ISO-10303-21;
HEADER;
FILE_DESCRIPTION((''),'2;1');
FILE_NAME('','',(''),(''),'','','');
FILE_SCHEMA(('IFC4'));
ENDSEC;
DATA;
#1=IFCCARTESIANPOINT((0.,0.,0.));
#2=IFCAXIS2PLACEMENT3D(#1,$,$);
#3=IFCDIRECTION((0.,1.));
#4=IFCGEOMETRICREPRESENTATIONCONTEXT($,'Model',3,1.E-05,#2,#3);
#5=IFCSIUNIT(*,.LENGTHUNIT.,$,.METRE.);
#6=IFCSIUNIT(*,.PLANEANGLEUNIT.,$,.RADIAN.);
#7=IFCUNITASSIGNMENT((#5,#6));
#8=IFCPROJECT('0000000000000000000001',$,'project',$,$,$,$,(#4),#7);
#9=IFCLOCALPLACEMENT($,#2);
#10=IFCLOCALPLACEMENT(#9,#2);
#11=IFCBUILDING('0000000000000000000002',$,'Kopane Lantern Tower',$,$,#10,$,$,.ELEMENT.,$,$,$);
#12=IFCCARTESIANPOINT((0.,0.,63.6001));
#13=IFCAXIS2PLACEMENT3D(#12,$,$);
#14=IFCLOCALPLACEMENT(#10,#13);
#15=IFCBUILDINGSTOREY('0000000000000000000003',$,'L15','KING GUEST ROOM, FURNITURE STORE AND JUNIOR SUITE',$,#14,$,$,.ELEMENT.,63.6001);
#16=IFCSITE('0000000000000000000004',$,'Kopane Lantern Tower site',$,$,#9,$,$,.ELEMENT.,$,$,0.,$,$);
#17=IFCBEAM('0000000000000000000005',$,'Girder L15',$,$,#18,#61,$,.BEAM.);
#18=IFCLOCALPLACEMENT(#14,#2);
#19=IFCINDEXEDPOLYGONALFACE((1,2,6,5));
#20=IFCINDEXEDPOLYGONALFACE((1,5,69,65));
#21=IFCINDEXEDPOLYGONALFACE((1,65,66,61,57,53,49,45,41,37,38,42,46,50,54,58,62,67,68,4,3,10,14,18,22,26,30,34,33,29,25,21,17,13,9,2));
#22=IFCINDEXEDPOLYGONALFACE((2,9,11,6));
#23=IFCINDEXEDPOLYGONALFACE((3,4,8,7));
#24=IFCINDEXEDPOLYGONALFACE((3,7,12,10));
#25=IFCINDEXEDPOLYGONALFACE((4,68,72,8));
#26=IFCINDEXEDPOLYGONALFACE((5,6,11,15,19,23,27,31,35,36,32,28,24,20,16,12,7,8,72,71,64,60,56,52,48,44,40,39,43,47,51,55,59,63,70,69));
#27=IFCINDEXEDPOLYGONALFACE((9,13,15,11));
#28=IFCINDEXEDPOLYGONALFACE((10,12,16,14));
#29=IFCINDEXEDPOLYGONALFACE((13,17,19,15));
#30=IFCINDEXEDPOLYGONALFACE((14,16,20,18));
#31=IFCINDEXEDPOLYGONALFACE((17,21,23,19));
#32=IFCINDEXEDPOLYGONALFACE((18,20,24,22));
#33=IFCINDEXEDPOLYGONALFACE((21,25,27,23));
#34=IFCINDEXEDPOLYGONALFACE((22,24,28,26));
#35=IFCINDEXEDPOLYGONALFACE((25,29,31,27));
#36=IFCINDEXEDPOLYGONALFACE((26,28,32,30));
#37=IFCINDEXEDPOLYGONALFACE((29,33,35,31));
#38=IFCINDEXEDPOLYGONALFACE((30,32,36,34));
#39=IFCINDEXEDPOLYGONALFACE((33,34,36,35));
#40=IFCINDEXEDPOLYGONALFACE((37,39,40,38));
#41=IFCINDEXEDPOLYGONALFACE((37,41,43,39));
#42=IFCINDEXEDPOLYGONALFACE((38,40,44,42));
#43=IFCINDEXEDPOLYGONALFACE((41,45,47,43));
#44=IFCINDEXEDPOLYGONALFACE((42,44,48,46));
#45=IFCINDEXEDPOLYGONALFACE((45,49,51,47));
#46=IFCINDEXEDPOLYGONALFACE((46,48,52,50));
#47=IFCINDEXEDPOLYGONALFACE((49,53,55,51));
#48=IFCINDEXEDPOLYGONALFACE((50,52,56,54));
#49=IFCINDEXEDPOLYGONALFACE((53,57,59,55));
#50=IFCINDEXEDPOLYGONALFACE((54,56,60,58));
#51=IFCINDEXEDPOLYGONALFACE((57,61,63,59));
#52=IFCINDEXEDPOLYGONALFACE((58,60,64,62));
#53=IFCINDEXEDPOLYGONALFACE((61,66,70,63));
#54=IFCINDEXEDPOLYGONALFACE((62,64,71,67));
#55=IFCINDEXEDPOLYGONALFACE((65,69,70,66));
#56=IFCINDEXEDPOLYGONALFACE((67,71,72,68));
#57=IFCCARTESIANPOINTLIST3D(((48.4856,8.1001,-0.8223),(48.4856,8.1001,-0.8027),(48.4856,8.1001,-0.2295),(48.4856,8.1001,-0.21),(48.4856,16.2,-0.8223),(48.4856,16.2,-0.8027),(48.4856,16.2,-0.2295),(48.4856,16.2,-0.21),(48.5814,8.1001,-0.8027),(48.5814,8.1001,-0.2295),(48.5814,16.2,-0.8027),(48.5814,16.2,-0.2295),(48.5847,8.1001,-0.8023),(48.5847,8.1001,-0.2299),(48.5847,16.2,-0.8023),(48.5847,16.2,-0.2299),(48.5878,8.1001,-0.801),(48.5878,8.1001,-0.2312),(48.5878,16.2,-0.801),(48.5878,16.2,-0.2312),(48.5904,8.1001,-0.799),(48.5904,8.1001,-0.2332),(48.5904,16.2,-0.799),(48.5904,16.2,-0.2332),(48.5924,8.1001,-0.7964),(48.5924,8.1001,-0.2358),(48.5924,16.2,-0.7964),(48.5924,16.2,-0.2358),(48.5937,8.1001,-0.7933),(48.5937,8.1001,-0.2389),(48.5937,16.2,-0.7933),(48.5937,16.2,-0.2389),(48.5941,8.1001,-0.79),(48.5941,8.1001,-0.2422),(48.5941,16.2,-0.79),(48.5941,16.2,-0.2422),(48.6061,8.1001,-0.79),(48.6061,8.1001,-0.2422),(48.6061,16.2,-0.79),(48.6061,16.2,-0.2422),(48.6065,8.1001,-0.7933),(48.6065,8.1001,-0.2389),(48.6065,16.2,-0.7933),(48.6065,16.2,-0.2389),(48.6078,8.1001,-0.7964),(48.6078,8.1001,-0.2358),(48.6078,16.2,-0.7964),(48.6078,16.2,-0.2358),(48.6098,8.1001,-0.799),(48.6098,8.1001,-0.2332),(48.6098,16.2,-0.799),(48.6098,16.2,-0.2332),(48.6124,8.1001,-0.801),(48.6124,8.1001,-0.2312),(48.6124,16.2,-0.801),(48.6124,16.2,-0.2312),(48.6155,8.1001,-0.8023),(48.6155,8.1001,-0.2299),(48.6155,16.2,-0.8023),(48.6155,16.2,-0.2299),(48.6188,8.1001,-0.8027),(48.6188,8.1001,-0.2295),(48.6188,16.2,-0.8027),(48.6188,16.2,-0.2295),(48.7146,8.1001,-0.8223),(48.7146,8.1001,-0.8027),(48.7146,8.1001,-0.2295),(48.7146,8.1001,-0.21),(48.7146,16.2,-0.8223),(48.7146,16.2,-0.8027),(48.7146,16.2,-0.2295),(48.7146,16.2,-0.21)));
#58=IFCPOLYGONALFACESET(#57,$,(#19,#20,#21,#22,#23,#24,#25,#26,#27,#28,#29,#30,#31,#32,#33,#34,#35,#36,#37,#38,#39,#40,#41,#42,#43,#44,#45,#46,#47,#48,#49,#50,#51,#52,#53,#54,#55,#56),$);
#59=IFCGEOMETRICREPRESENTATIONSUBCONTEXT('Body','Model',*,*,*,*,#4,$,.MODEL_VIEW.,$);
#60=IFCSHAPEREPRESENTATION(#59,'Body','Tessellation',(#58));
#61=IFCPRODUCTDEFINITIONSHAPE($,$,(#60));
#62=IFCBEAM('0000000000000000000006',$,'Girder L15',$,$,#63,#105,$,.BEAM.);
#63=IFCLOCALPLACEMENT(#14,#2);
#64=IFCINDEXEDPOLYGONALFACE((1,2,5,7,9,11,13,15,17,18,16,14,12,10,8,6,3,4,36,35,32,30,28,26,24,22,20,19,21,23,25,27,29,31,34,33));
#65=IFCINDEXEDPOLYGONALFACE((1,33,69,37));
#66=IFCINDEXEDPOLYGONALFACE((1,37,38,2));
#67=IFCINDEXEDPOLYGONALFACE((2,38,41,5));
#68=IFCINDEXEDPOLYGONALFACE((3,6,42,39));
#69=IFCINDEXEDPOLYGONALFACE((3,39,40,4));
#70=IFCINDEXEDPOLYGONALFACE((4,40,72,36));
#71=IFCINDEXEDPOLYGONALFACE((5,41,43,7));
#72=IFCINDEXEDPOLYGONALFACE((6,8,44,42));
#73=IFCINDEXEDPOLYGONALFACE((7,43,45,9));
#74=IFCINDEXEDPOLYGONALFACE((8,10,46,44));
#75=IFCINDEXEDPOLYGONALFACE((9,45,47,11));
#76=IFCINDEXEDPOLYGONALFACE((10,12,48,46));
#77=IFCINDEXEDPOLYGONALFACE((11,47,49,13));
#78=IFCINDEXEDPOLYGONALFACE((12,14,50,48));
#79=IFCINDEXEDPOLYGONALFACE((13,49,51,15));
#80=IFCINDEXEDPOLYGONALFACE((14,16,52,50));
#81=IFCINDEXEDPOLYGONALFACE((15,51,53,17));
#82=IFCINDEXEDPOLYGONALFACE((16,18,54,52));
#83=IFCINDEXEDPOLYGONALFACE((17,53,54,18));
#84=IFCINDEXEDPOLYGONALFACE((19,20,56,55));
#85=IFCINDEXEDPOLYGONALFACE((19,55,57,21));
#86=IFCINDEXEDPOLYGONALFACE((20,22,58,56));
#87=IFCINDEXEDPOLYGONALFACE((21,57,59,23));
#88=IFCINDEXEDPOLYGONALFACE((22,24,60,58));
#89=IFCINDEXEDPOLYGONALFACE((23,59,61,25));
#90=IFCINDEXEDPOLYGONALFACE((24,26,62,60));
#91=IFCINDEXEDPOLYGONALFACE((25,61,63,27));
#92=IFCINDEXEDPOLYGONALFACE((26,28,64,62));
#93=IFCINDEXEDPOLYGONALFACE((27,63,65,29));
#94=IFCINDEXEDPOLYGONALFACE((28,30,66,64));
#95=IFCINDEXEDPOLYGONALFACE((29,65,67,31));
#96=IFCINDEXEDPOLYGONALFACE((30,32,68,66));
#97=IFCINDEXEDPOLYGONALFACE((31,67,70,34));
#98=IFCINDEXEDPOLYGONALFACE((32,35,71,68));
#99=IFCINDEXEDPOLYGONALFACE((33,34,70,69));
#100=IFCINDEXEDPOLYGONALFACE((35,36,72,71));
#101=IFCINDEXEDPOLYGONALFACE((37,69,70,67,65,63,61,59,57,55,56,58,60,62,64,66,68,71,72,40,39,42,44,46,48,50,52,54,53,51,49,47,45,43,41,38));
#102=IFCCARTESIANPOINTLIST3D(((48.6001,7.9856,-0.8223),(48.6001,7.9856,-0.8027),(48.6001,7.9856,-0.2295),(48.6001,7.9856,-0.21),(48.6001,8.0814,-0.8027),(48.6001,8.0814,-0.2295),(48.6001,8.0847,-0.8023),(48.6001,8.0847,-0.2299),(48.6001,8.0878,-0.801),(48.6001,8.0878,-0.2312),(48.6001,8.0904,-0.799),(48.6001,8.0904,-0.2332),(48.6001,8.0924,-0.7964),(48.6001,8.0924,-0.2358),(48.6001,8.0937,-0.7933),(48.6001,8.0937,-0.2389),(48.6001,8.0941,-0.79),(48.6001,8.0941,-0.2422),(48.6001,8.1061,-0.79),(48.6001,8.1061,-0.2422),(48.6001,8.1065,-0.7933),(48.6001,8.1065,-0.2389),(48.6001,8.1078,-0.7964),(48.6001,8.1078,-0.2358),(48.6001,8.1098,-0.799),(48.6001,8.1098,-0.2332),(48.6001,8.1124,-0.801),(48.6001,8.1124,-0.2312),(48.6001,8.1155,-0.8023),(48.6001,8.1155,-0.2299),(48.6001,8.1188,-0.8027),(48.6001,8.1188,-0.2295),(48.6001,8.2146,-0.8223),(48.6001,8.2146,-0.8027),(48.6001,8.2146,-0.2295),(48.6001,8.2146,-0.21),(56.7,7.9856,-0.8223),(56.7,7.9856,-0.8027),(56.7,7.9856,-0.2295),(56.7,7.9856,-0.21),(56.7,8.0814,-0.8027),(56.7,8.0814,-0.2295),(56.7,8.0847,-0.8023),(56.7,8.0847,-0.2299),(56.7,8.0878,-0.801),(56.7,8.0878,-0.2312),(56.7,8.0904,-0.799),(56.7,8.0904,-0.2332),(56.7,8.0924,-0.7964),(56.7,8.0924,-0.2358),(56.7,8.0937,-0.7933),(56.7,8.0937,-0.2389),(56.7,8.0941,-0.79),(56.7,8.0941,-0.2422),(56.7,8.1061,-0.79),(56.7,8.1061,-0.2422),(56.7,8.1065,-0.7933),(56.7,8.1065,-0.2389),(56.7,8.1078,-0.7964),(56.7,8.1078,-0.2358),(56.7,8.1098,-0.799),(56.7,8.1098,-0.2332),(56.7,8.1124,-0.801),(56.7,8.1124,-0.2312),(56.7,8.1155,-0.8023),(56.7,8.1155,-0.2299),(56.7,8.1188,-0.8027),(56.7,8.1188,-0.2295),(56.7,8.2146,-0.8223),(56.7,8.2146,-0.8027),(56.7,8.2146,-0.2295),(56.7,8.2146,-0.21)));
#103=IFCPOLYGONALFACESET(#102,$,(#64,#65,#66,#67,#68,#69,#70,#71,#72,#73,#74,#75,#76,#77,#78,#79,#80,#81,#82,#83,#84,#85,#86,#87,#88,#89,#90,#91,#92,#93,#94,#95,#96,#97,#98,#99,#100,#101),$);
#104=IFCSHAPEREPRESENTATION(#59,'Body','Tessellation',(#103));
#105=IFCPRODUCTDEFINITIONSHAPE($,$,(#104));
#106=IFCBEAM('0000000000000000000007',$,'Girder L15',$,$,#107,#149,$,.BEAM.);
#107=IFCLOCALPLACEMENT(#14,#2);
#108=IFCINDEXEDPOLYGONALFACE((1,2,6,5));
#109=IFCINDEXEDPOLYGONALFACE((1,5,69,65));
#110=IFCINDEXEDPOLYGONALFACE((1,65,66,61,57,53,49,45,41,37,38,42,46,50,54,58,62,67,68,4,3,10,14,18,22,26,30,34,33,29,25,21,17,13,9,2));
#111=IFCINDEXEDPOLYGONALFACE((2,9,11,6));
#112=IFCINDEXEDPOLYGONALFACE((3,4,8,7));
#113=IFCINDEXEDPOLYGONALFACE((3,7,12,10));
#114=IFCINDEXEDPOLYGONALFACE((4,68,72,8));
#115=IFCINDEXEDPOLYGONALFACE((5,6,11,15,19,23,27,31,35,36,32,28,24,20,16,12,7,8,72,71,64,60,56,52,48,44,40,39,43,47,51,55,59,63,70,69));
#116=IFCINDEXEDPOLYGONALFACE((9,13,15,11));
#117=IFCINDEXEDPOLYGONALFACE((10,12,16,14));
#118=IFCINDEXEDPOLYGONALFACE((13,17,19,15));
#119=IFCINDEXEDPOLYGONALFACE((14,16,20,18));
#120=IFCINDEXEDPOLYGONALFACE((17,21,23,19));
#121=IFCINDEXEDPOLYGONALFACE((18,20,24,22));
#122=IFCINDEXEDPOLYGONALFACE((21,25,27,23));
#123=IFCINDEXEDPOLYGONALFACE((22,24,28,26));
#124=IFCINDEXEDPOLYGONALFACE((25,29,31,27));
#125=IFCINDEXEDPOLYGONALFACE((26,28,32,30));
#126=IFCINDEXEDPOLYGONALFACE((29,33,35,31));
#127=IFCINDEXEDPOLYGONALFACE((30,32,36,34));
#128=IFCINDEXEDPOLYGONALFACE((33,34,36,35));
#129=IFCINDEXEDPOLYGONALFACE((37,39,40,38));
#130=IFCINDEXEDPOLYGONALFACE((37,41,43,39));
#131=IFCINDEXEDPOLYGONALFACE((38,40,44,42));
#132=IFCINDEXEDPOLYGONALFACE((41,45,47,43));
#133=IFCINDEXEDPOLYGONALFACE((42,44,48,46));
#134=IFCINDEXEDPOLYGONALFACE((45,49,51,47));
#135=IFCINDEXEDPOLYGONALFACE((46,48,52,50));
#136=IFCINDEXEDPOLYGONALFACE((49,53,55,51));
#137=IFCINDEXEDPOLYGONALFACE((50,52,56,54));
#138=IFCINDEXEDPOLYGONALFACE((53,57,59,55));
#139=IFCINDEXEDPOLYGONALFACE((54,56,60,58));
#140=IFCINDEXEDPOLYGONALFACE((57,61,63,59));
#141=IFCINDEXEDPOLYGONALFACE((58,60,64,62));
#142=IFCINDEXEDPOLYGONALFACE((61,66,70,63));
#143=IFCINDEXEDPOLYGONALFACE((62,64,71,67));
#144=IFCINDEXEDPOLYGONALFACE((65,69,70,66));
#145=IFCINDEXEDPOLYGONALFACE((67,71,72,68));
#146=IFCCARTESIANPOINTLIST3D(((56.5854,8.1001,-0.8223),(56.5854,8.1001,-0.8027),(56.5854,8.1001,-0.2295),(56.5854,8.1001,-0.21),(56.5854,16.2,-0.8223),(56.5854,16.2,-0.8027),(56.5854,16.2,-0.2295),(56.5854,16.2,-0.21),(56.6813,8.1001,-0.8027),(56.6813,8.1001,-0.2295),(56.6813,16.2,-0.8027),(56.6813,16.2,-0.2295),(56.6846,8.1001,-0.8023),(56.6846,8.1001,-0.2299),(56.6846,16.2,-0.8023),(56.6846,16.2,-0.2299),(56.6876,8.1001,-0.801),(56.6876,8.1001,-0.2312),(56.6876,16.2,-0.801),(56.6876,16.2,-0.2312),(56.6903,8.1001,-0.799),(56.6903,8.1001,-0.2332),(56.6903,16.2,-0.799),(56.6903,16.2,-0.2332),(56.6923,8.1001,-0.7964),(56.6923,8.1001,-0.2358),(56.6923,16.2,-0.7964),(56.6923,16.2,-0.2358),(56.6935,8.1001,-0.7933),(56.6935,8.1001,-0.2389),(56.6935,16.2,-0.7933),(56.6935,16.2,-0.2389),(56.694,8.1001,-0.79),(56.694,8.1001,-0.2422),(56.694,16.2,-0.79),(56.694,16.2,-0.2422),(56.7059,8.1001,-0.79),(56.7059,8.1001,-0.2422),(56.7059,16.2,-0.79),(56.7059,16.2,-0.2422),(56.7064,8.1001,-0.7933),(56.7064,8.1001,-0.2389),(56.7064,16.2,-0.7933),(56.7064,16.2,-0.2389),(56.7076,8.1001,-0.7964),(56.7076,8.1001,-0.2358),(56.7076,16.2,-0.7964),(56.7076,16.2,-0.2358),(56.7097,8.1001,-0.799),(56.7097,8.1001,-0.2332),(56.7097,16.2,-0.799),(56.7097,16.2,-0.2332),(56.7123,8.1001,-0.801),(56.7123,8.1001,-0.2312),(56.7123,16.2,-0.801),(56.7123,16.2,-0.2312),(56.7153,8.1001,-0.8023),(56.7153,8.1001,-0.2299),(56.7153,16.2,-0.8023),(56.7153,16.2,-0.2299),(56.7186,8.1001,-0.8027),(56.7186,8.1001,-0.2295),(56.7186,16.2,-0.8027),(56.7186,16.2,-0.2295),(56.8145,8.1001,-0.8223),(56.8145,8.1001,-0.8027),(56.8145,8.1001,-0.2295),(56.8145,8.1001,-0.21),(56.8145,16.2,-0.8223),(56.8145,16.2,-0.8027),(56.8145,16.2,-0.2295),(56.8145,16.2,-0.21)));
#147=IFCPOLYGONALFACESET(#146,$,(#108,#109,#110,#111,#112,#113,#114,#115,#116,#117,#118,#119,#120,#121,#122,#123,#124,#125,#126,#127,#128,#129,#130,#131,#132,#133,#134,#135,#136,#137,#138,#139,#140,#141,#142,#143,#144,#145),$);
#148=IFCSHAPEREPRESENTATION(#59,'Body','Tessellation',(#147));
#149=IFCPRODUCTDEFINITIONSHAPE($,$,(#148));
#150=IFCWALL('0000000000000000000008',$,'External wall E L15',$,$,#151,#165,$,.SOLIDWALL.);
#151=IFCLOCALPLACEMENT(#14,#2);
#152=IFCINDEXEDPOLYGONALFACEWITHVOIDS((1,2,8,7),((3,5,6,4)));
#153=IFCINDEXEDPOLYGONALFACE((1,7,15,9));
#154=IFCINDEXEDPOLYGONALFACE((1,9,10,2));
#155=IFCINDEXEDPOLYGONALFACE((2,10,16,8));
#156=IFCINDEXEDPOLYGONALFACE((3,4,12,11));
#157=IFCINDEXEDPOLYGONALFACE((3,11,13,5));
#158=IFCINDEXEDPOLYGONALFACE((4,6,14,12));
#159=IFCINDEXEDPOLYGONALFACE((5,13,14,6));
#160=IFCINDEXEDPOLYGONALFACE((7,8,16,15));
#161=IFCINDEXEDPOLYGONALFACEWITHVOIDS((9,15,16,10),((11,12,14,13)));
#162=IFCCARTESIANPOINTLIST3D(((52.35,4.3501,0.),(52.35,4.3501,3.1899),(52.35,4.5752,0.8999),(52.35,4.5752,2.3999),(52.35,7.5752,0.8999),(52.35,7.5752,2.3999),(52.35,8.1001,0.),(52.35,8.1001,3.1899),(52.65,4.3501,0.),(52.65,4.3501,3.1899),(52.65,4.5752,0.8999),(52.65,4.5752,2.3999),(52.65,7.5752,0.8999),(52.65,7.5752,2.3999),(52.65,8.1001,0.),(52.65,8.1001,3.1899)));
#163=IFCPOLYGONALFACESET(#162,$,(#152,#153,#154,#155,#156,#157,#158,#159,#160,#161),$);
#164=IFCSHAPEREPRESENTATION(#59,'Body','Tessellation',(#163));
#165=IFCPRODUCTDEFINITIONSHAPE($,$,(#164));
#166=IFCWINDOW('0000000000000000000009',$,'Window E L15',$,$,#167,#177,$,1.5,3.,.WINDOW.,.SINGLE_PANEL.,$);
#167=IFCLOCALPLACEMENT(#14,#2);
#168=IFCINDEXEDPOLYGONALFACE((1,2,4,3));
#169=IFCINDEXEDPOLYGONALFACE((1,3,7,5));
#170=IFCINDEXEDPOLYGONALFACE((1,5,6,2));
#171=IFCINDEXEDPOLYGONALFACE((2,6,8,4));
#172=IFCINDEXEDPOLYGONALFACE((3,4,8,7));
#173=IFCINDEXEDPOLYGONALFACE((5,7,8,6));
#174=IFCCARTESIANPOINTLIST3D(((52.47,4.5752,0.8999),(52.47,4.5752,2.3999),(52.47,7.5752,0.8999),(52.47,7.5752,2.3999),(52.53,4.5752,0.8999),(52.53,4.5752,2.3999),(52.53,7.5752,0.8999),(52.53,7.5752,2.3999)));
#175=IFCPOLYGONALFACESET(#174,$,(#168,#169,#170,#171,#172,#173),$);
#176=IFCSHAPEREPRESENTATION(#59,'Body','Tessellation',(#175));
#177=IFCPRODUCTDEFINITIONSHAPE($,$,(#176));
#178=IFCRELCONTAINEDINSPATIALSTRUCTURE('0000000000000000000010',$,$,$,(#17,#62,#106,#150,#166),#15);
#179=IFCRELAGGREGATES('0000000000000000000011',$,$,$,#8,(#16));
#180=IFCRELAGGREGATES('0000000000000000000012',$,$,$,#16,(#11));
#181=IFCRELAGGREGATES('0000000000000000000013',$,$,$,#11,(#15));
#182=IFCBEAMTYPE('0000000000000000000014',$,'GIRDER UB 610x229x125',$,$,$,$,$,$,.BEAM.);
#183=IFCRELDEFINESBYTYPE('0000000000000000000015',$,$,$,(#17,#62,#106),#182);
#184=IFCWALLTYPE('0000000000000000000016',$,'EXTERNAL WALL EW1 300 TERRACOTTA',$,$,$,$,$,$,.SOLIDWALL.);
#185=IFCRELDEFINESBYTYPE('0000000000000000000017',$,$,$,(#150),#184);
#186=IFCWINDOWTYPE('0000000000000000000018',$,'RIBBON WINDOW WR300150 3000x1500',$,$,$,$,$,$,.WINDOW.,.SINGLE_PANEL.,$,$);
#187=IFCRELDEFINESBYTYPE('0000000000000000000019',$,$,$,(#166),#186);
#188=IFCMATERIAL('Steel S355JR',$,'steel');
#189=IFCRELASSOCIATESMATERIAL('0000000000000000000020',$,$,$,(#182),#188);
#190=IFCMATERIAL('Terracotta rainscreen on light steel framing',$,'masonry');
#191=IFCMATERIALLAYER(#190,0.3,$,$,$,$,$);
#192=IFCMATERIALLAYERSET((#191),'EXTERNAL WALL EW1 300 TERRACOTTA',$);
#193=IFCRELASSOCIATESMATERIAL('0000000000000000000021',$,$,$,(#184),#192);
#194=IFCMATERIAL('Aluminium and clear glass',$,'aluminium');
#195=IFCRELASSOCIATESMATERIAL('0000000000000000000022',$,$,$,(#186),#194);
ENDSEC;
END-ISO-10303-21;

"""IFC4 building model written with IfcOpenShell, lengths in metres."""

from ifc_helpers import new_model, si_unit, direction, frame, frame_2d, origin, origin_2d, place, context, subcontext, project, spatial, rectangle, i_section, extrude, material, layer, layer_set, material_profile, profile_set, type_object, element, fill, save


model = new_model("IFC4")

# Units and contexts
model_context = context("Model", 3, precision=1e-05, world=origin(), true_north=direction((0.0, 1.0)))
body_context = subcontext(model_context, "Body", "Model", "MODEL_VIEW")
ifc_project = project(units=[si_unit("LENGTHUNIT", "METRE"), si_unit("PLANEANGLEUNIT", "RADIAN")], contexts=[model_context])

# Site, building, storey
site_placement = place(None, origin())
site = spatial("IfcSite", under=ifc_project, at=site_placement, Name="Kopane Lantern Tower site", CompositionType="ELEMENT", RefElevation=0.0)
building_placement = place(site_placement, origin())
building = spatial("IfcBuilding", under=site, at=building_placement, Name="Kopane Lantern Tower", CompositionType="ELEMENT")
storey_placement = place(building_placement, frame((0.0, 0.0, 63.6001)))
storey = spatial("IfcBuildingStorey", under=building, at=storey_placement, Name="L15", Description="KING GUEST ROOM, FURNITURE STORE AND JUNIOR SUITE", CompositionType="ELEMENT", Elevation=63.6001)

# Beams
ifc_material_1 = material(Name="Steel S355JR", Category="steel")
ifc_material_profile_1 = material_profile(ifc_material_1, i_section(OverallWidth=0.229, OverallDepth=0.6123, WebThickness=0.012, FlangeThickness=0.0195, FilletRadius=0.0127, at=origin_2d()), Name="UB 610x229x125")
ifc_profile_set_1 = profile_set([ifc_material_profile_1], Name="Steel S355JR")
beam_type_1 = type_object("IfcBeamType", Name="GIRDER UB 610x229x125", PredefinedType="BEAM", material=ifc_profile_set_1)
for number, where, z_axis, x_axis, name in (
    (1, (48.6001, 8.1001, -0.5161), (0.0, 1.0, 0.0), (-1.0, 0.0, 0.0), "Girder L15"),
    (2, (48.6001, 8.1001, -0.5161), (1.0, 0.0, 0.0), (0.0, 1.0, 0.0), "Girder L15"),
    (3, (56.7, 8.1001, -0.5161), (0.0, 1.0, 0.0), (-1.0, 0.0, 0.0), "Girder L15"),
):
    element("IfcBeam", number, at=place(storey_placement, frame(where, z_axis=z_axis, x_axis=x_axis)), inside=storey, type_object=beam_type_1, Name=name, PredefinedType="BEAM", context=body_context, shape_type="SweptSolid", body=[
        extrude(i_section(OverallWidth=0.229, OverallDepth=0.6123, WebThickness=0.012, FlangeThickness=0.0195, FilletRadius=0.0127, at=origin_2d()), origin(), (0.0, 0.0, 1.0), 8.0999),
    ])

# Wall, opening, window
ifc_material_2 = material(Name="Terracotta rainscreen on light steel framing", Category="masonry")
ifc_layer = layer(ifc_material_2, 0.3)
ifc_layer_set = layer_set([ifc_layer], Name="EXTERNAL WALL EW1 300 TERRACOTTA")
wall_type = type_object("IfcWallType", Name="EXTERNAL WALL EW1 300 TERRACOTTA", PredefinedType="SOLIDWALL", material=ifc_layer_set)
wall_1_placement = place(storey_placement, frame((52.5, 4.3501, 0.0), z_axis=(0.0, 0.0, 1.0), x_axis=(0.0, 1.0, 0.0)))
wall_1 = element("IfcWall", 4, at=wall_1_placement, inside=storey, type_object=wall_type, Name="External wall E L15", PredefinedType="SOLIDWALL", context=body_context, shape_type="SweptSolid", body=[
    extrude(rectangle(XDim=3.75, YDim=0.3, at=frame_2d((1.875, 0.0))), origin(), (0.0, 0.0, 1.0), 3.1899),
])
opening_1_placement = place(wall_1_placement, frame((0.2251, 0.0, 0.8999)))
opening_1 = element("IfcOpeningElement", 5, at=opening_1_placement, cuts=wall_1, PredefinedType="OPENING", context=body_context, shape_type="SweptSolid", body=[
    extrude(rectangle(XDim=3.0, YDim=1.5, at=frame_2d((1.5, 0.75))), frame((0.0, 0.1599, 0.0), z_axis=(0.0, -1.0, 0.0), x_axis=(1.0, 0.0, 0.0)), (0.0, 0.0, 1.0), 0.3201),
])
ifc_material_3 = material(Name="Aluminium and clear glass", Category="aluminium")
window_type_1 = type_object("IfcWindowType", Name="RIBBON WINDOW WR300150 3000x1500", PartitioningType="SINGLE_PANEL", PredefinedType="WINDOW", material=ifc_material_3)
window_1_placement = place(opening_1_placement, origin())
window_1 = element("IfcWindow", 6, at=window_1_placement, inside=storey, type_object=window_type_1, Name="Window E L15", OverallHeight=1.5, OverallWidth=3.0, PartitioningType="SINGLE_PANEL", PredefinedType="WINDOW", context=body_context, shape_type="SweptSolid", body=[
    extrude(rectangle(XDim=3.0, YDim=1.5, at=frame_2d((1.5, 0.75))), frame((0.0, 0.03, 0.0), z_axis=(0.0, -1.0, 0.0), x_axis=(1.0, 0.0, 0.0)), (0.0, 0.0, 1.0), 0.0601),
])
fill(opening_1, window_1)

save(model, "model.ifc")
